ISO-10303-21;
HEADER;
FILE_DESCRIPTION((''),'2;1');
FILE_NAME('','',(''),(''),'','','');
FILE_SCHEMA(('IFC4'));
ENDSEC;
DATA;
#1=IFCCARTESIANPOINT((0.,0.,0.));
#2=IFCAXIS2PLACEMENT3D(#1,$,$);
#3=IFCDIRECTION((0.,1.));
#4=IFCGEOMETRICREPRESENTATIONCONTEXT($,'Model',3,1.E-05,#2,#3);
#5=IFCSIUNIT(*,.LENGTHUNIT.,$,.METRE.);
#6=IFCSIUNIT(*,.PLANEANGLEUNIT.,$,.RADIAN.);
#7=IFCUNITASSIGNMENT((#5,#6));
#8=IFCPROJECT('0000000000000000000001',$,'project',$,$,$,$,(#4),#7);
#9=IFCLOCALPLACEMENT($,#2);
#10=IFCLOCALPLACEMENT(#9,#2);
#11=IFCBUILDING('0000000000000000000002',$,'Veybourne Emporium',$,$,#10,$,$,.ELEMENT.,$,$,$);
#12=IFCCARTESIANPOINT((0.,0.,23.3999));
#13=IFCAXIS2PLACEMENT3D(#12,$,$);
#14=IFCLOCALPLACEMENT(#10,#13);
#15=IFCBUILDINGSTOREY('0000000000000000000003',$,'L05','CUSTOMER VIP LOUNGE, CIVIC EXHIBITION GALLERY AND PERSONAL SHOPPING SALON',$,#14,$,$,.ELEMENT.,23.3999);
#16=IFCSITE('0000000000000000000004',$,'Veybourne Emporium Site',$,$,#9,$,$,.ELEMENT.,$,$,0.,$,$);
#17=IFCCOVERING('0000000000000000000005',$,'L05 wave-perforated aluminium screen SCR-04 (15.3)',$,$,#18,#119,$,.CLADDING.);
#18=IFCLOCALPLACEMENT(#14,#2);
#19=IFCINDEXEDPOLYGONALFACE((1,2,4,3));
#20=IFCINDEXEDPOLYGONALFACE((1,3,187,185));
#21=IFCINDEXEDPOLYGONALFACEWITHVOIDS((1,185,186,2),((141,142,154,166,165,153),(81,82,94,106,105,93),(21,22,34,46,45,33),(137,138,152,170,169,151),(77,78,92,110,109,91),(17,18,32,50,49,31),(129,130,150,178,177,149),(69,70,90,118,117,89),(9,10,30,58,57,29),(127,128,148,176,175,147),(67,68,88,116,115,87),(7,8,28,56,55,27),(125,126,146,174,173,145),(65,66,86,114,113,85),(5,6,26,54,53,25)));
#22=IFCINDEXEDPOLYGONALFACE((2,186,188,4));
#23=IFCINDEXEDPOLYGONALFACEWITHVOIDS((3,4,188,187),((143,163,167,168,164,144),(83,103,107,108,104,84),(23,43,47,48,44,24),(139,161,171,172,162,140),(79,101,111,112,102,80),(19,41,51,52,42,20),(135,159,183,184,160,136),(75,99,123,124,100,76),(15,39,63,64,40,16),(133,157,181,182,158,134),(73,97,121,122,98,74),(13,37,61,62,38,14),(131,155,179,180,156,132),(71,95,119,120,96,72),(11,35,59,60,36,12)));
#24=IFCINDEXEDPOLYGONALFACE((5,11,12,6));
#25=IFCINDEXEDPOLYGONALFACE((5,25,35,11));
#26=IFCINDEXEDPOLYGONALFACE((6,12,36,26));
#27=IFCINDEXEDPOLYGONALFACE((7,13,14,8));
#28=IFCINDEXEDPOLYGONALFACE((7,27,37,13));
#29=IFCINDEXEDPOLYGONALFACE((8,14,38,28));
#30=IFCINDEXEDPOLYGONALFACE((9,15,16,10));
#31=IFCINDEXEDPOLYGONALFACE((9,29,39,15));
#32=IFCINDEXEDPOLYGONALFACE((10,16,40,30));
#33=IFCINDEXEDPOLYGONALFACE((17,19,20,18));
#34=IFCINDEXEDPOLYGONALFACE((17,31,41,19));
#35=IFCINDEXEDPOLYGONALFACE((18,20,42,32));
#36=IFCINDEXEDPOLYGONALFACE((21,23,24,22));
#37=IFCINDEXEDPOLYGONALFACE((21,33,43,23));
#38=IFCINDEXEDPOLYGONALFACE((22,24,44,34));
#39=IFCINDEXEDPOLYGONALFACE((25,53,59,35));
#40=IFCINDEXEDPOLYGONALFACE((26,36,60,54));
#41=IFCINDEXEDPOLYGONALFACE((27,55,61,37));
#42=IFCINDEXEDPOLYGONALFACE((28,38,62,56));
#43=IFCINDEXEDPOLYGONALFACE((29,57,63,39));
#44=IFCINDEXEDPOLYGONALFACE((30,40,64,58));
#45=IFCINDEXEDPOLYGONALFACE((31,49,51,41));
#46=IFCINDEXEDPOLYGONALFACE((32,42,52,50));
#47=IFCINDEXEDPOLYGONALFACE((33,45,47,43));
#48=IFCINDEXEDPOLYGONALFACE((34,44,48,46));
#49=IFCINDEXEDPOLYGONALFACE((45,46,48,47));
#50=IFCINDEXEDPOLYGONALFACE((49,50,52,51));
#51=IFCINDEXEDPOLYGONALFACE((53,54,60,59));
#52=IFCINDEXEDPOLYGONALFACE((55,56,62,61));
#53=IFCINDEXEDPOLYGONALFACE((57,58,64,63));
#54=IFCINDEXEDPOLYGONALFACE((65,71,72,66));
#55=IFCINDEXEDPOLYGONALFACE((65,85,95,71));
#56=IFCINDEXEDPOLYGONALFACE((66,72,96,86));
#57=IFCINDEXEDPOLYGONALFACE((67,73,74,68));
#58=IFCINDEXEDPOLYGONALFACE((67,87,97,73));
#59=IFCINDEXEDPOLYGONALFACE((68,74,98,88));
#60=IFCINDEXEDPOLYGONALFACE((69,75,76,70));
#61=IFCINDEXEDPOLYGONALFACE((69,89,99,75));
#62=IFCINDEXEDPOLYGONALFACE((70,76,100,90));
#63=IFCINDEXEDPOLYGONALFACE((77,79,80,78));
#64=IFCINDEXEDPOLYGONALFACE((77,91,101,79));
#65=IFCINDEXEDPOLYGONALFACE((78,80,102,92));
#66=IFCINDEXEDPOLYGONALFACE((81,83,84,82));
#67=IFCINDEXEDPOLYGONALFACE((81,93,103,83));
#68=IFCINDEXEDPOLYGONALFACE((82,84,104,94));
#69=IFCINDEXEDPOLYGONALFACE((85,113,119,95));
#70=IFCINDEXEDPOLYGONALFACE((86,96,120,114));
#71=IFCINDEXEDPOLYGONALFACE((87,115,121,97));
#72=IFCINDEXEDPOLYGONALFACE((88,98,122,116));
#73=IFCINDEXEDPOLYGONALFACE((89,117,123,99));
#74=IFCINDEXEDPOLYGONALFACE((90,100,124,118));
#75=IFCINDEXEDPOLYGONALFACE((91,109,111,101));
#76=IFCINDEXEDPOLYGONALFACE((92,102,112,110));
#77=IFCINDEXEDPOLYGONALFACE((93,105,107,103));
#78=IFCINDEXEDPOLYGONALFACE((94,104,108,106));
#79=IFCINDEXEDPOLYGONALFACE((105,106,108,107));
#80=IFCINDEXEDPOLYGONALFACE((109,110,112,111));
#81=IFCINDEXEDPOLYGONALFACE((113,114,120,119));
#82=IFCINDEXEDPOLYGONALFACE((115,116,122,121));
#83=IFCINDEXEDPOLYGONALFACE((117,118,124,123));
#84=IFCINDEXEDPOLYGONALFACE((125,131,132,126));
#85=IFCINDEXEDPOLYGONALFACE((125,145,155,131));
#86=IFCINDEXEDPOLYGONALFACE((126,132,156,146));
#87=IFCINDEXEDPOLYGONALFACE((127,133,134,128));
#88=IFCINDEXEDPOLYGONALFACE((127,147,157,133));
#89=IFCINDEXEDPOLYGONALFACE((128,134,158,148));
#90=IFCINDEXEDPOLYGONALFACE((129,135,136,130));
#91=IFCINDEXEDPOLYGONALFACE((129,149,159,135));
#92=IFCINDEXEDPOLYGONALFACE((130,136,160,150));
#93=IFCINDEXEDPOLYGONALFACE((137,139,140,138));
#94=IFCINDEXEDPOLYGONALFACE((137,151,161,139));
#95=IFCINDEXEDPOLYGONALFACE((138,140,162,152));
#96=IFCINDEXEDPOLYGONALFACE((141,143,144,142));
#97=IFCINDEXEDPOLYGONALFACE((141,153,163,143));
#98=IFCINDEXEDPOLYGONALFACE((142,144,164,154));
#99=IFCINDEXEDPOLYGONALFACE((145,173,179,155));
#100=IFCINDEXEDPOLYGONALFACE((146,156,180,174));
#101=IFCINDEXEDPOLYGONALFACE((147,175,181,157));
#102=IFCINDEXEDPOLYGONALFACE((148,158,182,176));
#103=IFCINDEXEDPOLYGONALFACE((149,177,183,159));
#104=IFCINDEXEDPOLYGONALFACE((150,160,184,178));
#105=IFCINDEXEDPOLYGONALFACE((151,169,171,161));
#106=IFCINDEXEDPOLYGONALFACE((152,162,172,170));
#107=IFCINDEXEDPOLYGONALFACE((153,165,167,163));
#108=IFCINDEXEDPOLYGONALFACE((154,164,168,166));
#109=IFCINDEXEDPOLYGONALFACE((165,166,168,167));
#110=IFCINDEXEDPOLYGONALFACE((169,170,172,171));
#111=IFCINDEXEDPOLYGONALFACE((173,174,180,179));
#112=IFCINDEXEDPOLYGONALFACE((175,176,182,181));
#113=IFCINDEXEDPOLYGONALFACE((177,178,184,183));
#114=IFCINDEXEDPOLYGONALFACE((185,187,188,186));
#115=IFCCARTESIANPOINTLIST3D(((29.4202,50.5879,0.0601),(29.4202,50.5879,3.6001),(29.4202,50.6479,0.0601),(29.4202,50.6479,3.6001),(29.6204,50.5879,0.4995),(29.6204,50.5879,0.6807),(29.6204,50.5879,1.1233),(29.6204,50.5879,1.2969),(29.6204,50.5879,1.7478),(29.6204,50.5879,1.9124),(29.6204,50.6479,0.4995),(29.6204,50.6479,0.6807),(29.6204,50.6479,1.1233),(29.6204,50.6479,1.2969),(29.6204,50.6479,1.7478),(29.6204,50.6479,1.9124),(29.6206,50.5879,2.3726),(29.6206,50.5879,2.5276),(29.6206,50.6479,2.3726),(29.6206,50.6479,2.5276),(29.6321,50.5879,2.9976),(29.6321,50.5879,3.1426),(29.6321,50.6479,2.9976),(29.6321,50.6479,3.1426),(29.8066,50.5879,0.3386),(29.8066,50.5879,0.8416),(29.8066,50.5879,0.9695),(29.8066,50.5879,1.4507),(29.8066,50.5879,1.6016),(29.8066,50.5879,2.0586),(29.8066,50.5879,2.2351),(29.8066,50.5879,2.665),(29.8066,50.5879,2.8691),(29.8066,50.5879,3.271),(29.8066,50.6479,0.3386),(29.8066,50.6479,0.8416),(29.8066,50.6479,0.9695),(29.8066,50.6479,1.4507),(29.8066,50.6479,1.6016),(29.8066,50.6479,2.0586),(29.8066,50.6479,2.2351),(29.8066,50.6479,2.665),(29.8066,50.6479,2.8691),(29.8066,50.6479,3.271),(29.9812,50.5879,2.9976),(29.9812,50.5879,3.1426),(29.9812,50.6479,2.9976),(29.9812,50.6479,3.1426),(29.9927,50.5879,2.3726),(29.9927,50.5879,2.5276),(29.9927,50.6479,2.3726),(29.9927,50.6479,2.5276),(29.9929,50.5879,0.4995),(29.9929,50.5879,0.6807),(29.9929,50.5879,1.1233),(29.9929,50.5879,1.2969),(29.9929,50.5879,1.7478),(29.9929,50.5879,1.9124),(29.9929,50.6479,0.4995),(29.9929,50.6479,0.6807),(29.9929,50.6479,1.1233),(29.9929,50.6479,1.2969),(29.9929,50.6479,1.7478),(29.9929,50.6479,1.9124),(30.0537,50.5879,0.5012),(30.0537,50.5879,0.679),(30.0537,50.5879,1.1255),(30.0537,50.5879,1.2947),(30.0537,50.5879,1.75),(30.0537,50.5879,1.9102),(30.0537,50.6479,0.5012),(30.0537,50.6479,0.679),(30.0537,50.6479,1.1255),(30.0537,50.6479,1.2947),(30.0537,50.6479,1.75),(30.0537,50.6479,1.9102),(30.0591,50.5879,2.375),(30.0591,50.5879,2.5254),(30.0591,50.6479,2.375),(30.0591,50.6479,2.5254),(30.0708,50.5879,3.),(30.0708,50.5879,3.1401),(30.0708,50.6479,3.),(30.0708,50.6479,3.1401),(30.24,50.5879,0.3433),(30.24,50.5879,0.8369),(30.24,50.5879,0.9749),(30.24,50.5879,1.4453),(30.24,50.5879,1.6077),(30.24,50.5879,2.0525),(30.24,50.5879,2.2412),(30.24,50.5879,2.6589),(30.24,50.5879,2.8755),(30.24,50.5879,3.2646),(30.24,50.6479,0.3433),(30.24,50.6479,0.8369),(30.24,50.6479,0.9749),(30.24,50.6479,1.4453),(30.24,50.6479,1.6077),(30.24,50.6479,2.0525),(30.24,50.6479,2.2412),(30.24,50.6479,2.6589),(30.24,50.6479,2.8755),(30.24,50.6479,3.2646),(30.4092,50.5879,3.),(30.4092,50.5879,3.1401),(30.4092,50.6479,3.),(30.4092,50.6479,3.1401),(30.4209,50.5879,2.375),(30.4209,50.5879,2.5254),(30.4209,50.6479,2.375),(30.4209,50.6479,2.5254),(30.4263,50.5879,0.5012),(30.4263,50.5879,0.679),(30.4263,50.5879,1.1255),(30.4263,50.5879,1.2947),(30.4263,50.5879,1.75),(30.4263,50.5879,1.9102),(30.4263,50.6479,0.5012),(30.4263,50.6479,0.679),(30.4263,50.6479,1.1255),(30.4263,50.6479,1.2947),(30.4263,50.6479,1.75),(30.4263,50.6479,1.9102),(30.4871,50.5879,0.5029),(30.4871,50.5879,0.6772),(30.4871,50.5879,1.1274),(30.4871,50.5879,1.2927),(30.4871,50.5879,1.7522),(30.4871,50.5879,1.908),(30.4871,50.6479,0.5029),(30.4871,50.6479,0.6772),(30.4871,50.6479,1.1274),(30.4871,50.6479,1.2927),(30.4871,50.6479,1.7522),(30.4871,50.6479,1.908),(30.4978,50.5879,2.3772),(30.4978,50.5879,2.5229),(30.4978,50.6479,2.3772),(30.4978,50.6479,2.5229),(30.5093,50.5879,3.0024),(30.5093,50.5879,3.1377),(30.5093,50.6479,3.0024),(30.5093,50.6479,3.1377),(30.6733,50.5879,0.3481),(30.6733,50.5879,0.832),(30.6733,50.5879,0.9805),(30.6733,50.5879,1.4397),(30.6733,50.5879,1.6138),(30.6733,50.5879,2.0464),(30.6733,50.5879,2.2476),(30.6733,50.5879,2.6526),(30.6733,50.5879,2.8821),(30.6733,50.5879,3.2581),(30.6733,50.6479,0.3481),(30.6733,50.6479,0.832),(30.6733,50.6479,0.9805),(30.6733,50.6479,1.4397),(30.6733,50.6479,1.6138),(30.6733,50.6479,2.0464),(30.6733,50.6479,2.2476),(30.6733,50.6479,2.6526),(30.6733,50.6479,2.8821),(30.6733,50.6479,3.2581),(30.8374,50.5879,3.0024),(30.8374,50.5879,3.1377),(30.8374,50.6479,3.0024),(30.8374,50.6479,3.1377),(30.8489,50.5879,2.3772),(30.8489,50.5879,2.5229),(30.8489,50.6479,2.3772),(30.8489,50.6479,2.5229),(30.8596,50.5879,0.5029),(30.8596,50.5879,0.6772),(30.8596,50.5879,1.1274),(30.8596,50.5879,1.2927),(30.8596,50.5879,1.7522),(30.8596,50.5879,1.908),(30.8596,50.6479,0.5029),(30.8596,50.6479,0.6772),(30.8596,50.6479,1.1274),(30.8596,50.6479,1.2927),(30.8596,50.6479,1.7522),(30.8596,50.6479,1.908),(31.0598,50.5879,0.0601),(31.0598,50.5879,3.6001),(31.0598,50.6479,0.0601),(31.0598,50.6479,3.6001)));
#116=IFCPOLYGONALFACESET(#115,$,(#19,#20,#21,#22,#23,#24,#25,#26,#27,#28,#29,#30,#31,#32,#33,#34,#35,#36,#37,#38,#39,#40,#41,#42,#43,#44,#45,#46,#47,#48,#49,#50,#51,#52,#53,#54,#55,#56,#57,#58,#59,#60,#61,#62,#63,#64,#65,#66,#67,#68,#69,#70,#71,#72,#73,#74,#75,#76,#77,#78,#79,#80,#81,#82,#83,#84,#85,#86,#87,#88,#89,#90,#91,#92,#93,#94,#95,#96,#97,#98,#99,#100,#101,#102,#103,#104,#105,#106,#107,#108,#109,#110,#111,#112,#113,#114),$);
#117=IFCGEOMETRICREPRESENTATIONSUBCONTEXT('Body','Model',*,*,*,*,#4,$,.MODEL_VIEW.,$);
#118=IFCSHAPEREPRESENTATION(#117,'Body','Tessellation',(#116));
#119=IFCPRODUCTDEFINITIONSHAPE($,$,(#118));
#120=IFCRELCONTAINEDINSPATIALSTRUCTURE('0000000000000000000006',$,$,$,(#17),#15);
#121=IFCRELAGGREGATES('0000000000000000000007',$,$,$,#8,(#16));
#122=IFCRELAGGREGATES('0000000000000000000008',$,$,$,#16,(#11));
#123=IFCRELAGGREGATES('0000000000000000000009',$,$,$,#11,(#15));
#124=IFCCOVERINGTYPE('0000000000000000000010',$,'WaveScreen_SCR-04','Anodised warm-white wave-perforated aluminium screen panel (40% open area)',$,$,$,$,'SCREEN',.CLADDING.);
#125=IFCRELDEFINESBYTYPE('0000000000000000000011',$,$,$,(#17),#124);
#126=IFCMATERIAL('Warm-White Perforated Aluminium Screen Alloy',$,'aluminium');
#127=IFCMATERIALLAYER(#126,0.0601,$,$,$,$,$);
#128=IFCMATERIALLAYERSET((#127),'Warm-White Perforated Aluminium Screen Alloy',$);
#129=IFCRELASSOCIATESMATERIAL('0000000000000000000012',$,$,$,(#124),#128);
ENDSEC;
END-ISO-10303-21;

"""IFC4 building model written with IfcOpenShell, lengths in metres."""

from ifc_helpers import new_model, si_unit, direction, frame, origin, place, context, subcontext, project, spatial, polyline, outline, extrude, material, layer, layer_set, type_object, element, save


model = new_model("IFC4")

# Units and contexts
model_context = context("Model", 3, precision=1e-05, world=origin(), true_north=direction((0.0, 1.0)))
body_context = subcontext(model_context, "Body", "Model", "MODEL_VIEW")
ifc_project = project(units=[si_unit("LENGTHUNIT", "METRE"), si_unit("PLANEANGLEUNIT", "RADIAN")], contexts=[model_context])

# Site, building, storey
site_placement = place(None, origin())
site = spatial("IfcSite", under=ifc_project, at=site_placement, Name="Veybourne Emporium Site", CompositionType="ELEMENT", RefElevation=0.0)
building_placement = place(site_placement, origin())
building = spatial("IfcBuilding", under=site, at=building_placement, Name="Veybourne Emporium", CompositionType="ELEMENT")
storey_placement = place(building_placement, frame((0.0, 0.0, 23.3999)))
storey = spatial("IfcBuildingStorey", under=building, at=storey_placement, Name="L05", Description="CUSTOMER VIP LOUNGE, CIVIC EXHIBITION GALLERY AND PERSONAL SHOPPING SALON", CompositionType="ELEMENT", Elevation=23.3999)

# Covering
ifc_material_1 = material(Name="Warm-White Perforated Aluminium Screen Alloy", Category="aluminium")
ifc_layer_1 = layer(ifc_material_1, 0.0601)
ifc_layer_set_1 = layer_set([ifc_layer_1], Name="Warm-White Perforated Aluminium Screen Alloy")
covering_type_1 = type_object("IfcCoveringType", Name="WaveScreen_SCR-04", Description="Anodised warm-white wave-perforated aluminium screen panel (40% open area)", ElementType="SCREEN", PredefinedType="CLADDING", material=ifc_layer_set_1)
covering_1_placement = place(storey_placement, frame((30.24, 50.6479, 1.8301), z_axis=(0.0, -1.0, 0.0), x_axis=(1.0, 0.0, 0.0)))
element("IfcCovering", 1, at=covering_1_placement, inside=storey, type_object=covering_type_1, Name="L05 wave-perforated aluminium screen SCR-04 (15.3)", PredefinedType="CLADDING", context=body_context, shape_type="SweptSolid", body=[
    extrude(outline(polyline([(-0.8198, -1.77), (0.8198, -1.77), (0.8198, 1.77), (-0.8198, 1.77), (-0.8198, -1.77)]), holes=[polyline([(-0.4333, -0.9885), (-0.2471, -1.1494), (-0.2471, -1.3306), (-0.4333, -1.4915), (-0.6196, -1.3306), (-0.6196, -1.1494), (-0.4333, -0.9885)]), polyline([(-0.4333, -0.3794), (-0.2471, -0.5332), (-0.2471, -0.7068), (-0.4333, -0.8606), (-0.6196, -0.7068), (-0.6196, -0.5332), (-0.4333, -0.3794)]), polyline([(-0.4333, 0.2285), (-0.2471, 0.0823), (-0.2471, -0.0823), (-0.4333, -0.2285), (-0.6196, -0.0823), (-0.6196, 0.0823), (-0.4333, 0.2285)]), polyline([(-0.4333, 0.835), (-0.2473, 0.6975), (-0.2473, 0.5425), (-0.4333, 0.405), (-0.6194, 0.5425), (-0.6194, 0.6975), (-0.4333, 0.835)]), polyline([(-0.4333, 1.4409), (-0.2588, 1.3125), (-0.2588, 1.1675), (-0.4333, 1.0391), (-0.6079, 1.1675), (-0.6079, 1.3125), (-0.4333, 1.4409)]), polyline([(0.0, -0.9932), (0.1863, -1.1511), (0.1863, -1.3289), (0.0, -1.4868), (-0.1863, -1.3289), (-0.1863, -1.1511), (0.0, -0.9932)]), polyline([(0.0, -0.3848), (0.1863, -0.5354), (0.1863, -0.7046), (0.0, -0.8552), (-0.1863, -0.7046), (-0.1863, -0.5354), (0.0, -0.3848)]), polyline([(0.0, 0.2224), (0.1863, 0.0801), (0.1863, -0.0801), (0.0, -0.2224), (-0.1863, -0.0801), (-0.1863, 0.0801), (0.0, 0.2224)]), polyline([(0.0, 0.8289), (0.1809, 0.6953), (0.1809, 0.5449), (0.0, 0.4111), (-0.1809, 0.5449), (-0.1809, 0.6953), (0.0, 0.8289)]), polyline([(0.0, 1.4346), (0.1692, 1.3101), (0.1692, 1.1699), (0.0, 1.0454), (-0.1692, 1.1699), (-0.1692, 1.3101), (0.0, 1.4346)]), polyline([(0.4333, -0.998), (0.6196, -1.1528), (0.6196, -1.3271), (0.4333, -1.4819), (0.2471, -1.3271), (0.2471, -1.1528), (0.4333, -0.998)]), polyline([(0.4333, -0.3904), (0.6196, -0.5374), (0.6196, -0.7026), (0.4333, -0.8496), (0.2471, -0.7026), (0.2471, -0.5374), (0.4333, -0.3904)]), polyline([(0.4333, 0.2163), (0.6196, 0.0779), (0.6196, -0.0779), (0.4333, -0.2163), (0.2471, -0.0779), (0.2471, 0.0779), (0.4333, 0.2163)]), polyline([(0.4333, 0.8225), (0.6089, 0.6929), (0.6089, 0.5471), (0.4333, 0.4175), (0.2578, 0.5471), (0.2578, 0.6929), (0.4333, 0.8225)]), polyline([(0.4333, 1.428), (0.5974, 1.3076), (0.5974, 1.1724), (0.4333, 1.052), (0.2693, 1.1724), (0.2693, 1.3076), (0.4333, 1.428)])]), origin(), (0.0, 0.0, 1.0), 0.0601),
])

save(model, "model.ifc")
